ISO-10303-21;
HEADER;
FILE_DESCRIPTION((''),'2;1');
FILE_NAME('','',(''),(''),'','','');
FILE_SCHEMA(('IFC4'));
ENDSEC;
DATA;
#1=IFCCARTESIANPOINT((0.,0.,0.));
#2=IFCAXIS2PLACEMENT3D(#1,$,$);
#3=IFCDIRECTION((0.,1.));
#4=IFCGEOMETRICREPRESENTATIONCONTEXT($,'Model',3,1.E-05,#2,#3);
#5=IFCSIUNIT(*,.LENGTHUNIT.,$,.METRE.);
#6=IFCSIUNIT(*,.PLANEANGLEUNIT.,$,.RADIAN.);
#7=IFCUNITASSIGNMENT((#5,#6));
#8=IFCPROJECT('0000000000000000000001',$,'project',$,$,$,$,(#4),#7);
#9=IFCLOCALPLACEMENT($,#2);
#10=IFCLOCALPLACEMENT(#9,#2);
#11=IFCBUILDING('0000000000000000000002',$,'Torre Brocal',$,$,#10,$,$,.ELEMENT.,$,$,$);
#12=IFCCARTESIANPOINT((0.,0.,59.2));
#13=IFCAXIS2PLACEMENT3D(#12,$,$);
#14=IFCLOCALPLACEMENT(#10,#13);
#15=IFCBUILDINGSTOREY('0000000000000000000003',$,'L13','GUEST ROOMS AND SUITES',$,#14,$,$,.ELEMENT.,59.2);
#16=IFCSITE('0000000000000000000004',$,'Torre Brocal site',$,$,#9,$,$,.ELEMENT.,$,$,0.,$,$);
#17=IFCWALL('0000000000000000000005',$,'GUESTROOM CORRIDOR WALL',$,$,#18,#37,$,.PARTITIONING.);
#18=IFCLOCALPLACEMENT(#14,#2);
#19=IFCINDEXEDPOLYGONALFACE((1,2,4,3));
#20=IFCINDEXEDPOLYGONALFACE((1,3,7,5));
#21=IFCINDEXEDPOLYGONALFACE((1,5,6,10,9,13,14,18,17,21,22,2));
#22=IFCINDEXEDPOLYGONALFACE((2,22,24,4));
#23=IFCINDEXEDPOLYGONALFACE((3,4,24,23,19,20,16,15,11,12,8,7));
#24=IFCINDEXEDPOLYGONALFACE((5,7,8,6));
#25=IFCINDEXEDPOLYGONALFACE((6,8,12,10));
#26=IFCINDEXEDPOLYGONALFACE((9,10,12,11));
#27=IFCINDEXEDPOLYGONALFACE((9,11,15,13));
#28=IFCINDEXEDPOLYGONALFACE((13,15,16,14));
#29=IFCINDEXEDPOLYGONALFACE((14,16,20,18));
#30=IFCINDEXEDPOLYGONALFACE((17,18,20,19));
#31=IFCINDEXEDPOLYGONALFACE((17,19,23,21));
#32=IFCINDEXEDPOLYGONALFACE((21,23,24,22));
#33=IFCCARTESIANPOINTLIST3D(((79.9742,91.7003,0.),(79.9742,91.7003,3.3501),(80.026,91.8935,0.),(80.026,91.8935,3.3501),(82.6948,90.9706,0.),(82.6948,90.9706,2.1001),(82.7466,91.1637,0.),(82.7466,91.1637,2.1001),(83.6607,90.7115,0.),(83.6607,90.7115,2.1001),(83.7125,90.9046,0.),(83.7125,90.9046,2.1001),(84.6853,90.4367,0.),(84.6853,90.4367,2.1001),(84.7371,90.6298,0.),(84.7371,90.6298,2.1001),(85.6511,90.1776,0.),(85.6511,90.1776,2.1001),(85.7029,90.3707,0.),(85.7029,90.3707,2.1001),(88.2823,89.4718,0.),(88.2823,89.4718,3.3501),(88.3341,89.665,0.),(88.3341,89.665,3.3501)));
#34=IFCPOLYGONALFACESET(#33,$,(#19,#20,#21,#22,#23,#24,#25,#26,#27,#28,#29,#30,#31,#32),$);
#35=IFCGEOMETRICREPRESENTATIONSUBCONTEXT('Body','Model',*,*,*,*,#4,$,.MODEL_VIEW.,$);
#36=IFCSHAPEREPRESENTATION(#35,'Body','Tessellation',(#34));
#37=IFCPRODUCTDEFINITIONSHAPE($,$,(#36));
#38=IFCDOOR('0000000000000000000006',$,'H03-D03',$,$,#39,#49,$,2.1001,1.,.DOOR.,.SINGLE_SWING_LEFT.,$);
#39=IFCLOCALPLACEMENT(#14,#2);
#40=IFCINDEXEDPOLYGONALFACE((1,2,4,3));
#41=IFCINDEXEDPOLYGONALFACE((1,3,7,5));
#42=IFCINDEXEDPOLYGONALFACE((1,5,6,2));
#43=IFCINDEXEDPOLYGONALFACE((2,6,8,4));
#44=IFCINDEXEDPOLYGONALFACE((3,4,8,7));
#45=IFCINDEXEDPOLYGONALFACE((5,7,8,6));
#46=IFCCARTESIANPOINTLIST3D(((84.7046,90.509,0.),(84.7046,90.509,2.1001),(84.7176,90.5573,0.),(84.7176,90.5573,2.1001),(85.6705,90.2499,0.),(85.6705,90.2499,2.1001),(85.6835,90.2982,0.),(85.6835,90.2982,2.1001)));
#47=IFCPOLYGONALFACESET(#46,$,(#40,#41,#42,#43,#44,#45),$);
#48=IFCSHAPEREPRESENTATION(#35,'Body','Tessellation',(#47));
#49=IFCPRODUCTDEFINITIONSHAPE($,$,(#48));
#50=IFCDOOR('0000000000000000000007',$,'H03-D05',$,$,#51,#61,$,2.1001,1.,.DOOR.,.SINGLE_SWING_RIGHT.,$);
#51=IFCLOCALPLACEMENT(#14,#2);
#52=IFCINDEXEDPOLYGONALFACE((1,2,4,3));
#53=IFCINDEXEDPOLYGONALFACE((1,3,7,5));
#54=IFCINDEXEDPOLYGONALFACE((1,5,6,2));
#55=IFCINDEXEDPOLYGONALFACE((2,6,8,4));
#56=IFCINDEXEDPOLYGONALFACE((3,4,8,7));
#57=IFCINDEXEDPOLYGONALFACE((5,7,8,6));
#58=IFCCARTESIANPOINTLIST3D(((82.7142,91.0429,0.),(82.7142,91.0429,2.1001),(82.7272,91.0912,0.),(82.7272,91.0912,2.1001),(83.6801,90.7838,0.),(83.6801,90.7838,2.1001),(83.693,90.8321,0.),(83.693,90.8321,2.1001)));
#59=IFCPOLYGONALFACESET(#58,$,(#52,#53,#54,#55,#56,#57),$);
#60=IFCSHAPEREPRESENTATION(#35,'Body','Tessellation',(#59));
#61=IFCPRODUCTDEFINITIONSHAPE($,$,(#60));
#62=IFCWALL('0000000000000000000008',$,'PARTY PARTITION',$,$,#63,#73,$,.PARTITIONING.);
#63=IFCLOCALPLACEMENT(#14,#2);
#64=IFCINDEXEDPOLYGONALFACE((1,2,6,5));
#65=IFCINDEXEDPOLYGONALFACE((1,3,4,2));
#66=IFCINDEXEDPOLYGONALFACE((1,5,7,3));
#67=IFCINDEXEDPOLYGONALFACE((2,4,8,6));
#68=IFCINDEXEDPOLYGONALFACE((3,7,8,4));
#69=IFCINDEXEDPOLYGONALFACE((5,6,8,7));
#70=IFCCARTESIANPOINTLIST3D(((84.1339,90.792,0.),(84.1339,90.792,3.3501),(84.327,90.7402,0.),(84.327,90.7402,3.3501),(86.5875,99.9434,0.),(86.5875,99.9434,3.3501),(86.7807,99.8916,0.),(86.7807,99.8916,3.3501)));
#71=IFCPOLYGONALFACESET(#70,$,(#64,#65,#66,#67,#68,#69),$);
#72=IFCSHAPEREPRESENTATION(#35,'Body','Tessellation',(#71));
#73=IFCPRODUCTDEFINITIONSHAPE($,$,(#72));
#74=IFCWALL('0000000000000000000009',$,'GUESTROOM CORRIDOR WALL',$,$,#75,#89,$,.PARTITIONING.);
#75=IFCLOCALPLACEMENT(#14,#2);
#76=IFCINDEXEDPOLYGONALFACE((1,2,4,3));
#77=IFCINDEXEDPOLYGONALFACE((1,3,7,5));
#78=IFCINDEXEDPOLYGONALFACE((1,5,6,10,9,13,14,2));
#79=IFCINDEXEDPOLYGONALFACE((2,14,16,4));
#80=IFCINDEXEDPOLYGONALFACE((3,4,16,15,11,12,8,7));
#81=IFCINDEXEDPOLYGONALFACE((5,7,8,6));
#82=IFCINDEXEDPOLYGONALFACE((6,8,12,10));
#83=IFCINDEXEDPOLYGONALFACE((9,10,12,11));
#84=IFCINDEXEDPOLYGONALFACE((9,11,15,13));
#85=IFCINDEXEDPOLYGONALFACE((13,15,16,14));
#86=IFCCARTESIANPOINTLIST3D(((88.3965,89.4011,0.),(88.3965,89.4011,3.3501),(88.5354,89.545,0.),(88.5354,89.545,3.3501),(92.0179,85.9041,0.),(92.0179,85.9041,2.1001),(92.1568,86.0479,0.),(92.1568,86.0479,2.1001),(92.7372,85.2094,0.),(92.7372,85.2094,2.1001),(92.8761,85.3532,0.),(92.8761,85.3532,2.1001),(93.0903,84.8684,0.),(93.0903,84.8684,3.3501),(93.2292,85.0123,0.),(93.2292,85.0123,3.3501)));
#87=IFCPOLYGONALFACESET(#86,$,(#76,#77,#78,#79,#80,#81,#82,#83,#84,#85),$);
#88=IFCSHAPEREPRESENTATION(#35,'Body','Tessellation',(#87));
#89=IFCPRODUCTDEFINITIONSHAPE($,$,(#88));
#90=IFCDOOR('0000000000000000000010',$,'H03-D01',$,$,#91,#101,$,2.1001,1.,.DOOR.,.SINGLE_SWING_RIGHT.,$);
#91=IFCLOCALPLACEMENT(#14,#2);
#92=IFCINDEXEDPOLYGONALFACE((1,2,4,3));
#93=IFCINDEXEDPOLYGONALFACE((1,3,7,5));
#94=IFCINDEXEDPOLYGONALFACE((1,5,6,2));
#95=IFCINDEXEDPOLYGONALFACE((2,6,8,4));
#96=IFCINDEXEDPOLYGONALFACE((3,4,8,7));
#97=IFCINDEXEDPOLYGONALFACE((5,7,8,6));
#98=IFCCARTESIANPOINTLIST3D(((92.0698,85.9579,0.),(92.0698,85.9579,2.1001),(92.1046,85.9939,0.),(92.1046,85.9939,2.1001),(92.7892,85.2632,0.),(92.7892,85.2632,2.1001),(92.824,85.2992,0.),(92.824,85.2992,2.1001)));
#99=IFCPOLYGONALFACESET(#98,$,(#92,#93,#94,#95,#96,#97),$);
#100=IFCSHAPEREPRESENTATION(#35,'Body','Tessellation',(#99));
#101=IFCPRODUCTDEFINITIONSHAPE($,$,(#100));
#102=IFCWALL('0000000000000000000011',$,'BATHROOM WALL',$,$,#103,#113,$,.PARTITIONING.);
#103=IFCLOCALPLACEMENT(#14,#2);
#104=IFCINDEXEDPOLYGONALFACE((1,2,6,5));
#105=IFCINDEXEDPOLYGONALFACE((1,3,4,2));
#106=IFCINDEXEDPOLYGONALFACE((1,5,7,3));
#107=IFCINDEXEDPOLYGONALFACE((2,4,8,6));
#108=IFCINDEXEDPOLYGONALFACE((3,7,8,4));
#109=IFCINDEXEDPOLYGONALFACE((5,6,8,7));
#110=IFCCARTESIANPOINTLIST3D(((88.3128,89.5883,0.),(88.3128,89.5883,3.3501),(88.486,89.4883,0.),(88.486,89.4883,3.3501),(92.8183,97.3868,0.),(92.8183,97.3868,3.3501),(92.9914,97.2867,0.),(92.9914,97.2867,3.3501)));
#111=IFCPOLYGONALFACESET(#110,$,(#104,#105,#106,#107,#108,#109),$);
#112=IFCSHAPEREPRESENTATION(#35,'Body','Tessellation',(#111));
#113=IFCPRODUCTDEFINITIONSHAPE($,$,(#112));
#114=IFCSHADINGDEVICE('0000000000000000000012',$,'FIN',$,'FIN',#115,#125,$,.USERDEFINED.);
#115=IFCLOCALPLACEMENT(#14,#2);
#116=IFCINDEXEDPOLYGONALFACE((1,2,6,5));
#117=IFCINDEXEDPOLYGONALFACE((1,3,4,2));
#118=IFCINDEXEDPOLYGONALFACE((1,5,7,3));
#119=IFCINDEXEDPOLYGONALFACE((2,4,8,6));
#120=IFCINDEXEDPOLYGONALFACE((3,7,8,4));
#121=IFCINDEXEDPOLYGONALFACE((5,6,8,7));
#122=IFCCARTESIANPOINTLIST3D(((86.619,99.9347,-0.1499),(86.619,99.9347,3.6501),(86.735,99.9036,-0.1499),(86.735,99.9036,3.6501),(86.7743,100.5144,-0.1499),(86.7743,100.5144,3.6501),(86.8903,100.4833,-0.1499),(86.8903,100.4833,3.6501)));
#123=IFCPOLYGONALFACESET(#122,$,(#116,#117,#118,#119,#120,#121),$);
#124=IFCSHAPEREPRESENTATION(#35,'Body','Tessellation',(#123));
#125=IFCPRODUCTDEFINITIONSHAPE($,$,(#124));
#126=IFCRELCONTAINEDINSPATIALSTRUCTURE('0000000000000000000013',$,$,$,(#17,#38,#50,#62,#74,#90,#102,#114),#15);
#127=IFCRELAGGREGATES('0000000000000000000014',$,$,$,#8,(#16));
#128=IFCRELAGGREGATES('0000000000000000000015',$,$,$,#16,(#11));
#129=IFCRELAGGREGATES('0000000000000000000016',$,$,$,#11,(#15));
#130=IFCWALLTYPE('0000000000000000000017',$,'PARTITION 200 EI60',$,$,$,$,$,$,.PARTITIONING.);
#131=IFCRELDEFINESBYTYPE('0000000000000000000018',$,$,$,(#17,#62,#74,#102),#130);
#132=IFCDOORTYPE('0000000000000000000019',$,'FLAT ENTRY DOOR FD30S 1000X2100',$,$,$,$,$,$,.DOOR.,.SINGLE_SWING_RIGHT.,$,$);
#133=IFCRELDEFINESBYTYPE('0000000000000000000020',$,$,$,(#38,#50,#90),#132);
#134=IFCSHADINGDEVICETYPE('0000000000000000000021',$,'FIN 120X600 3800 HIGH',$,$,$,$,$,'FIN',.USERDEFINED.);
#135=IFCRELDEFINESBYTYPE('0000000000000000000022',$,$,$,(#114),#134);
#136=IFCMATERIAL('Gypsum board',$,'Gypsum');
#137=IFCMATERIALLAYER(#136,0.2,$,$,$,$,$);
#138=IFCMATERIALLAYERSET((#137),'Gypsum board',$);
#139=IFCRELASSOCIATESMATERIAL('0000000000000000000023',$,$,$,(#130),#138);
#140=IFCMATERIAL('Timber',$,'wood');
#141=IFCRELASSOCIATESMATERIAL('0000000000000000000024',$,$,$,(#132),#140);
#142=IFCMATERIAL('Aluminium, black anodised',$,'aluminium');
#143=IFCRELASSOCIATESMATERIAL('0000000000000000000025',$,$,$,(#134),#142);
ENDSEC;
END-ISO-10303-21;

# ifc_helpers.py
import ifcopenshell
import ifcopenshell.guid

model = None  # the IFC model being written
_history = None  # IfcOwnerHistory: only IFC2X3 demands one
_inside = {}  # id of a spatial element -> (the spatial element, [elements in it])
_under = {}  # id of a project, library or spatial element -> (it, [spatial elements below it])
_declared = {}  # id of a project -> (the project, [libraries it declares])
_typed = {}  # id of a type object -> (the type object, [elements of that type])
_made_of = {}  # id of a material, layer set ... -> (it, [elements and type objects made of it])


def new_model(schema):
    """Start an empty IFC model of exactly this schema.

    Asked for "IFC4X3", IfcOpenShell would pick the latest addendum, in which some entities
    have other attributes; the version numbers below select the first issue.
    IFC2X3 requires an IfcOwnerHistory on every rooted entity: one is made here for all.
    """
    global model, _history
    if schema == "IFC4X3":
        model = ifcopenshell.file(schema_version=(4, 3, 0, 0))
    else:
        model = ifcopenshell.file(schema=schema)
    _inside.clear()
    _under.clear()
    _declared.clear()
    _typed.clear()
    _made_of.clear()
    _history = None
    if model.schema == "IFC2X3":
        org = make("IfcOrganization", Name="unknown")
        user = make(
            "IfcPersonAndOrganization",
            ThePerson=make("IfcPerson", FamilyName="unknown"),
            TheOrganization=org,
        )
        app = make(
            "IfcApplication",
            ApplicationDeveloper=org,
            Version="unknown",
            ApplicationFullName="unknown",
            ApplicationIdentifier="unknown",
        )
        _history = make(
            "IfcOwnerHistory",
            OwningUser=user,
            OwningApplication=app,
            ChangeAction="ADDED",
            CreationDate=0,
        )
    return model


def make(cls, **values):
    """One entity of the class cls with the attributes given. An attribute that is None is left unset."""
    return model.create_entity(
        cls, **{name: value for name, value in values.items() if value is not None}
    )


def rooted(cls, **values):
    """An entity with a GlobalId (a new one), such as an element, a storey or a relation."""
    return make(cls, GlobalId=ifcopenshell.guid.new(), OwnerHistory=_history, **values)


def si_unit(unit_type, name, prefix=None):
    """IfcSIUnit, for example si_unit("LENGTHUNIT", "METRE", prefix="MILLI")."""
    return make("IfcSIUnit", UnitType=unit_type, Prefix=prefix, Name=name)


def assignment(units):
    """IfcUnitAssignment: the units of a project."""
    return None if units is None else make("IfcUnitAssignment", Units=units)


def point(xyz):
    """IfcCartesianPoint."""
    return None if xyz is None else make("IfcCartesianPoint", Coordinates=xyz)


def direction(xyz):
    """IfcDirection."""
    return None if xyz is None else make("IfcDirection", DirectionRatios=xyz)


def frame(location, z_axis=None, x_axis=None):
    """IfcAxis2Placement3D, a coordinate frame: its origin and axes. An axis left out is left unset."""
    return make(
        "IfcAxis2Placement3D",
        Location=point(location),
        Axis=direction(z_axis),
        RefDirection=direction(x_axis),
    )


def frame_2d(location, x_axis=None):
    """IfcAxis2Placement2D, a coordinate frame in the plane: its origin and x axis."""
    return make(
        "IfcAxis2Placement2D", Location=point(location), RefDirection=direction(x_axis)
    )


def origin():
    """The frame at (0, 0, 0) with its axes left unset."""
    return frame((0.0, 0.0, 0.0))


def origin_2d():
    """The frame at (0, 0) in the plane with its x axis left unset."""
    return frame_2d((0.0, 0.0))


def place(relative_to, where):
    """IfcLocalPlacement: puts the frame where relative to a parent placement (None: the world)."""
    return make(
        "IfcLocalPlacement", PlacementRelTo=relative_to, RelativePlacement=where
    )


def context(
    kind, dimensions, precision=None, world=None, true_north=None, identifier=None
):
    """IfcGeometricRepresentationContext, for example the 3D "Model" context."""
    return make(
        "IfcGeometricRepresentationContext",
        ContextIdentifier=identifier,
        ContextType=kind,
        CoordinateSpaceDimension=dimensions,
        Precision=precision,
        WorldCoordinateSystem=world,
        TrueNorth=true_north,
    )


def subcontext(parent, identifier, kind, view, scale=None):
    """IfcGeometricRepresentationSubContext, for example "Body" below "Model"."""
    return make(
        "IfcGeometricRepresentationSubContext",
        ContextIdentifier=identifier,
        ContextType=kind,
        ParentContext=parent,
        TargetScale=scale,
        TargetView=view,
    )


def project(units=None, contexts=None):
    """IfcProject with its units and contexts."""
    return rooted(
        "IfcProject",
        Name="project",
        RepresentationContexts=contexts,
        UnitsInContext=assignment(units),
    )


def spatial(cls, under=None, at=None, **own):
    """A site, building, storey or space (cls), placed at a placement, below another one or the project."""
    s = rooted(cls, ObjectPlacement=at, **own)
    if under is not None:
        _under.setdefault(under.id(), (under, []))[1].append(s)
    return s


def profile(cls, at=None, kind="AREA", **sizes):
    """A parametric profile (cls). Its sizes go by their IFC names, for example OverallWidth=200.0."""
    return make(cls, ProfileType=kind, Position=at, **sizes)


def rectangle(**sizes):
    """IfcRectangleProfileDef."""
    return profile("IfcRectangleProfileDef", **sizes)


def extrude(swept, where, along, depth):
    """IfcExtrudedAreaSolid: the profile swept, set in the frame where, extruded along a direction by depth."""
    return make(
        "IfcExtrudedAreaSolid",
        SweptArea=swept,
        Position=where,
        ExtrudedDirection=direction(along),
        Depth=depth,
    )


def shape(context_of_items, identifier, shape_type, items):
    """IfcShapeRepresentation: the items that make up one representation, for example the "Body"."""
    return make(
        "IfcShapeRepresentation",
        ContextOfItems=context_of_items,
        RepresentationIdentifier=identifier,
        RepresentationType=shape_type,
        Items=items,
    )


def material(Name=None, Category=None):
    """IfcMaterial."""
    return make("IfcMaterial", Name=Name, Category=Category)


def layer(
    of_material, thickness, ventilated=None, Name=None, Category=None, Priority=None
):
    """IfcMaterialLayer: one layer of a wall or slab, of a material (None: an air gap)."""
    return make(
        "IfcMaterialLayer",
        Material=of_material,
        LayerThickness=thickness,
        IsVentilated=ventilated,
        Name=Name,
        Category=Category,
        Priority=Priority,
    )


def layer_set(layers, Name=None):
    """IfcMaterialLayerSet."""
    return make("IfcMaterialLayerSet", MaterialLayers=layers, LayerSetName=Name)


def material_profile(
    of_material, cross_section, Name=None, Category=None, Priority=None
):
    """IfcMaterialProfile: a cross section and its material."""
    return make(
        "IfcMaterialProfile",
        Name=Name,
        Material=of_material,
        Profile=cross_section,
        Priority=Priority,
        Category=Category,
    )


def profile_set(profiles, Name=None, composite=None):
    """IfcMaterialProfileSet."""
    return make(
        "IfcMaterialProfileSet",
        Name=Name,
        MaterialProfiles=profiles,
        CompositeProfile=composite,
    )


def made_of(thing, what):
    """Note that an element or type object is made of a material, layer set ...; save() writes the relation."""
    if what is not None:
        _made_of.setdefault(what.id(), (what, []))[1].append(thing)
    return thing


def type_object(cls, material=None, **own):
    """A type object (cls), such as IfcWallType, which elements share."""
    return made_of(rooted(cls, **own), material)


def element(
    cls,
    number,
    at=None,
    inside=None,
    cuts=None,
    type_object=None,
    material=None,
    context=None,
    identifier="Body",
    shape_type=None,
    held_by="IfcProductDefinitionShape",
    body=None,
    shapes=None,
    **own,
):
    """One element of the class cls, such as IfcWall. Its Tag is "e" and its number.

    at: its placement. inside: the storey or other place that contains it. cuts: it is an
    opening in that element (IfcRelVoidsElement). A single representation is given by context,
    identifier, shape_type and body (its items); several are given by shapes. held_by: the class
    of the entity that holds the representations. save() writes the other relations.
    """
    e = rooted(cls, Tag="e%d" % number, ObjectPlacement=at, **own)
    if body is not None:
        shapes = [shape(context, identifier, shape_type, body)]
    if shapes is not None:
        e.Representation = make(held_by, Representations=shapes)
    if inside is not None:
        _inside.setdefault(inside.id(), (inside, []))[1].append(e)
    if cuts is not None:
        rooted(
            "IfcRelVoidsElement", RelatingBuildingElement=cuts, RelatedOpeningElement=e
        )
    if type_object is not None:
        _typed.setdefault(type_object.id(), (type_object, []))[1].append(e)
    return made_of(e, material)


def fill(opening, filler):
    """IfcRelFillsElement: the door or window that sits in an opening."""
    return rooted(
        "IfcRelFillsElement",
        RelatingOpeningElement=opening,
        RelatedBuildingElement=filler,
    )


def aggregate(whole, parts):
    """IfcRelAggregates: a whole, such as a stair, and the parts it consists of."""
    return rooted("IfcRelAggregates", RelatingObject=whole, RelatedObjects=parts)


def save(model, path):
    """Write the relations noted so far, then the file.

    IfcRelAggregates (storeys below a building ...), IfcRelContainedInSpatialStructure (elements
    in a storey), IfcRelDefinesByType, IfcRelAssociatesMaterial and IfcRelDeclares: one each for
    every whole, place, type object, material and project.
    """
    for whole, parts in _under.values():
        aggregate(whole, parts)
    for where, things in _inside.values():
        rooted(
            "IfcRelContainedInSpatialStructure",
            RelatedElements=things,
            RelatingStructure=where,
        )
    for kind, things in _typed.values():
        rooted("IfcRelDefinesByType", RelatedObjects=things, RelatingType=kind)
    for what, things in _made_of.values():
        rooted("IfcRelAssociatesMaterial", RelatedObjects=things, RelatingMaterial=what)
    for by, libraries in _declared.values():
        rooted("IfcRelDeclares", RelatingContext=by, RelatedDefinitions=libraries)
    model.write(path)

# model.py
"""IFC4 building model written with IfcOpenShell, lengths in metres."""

from ifc_helpers import new_model, si_unit, direction, frame, frame_2d, origin, origin_2d, place, context, subcontext, project, spatial, rectangle, extrude, material, layer, layer_set, material_profile, profile_set, type_object, element, fill, save


model = new_model("IFC4")

# Units and contexts
model_context = context("Model", 3, precision=1e-05, world=origin(), true_north=direction((0.0, 1.0)))
body_context = subcontext(model_context, "Body", "Model", "MODEL_VIEW")
ifc_project = project(units=[si_unit("LENGTHUNIT", "METRE"), si_unit("PLANEANGLEUNIT", "RADIAN")], contexts=[model_context])

# Site, building, storey
site_placement = place(None, origin())
site = spatial("IfcSite", under=ifc_project, at=site_placement, Name="Torre Brocal site", CompositionType="ELEMENT", RefElevation=0.0)
building_placement = place(site_placement, origin())
building = spatial("IfcBuilding", under=site, at=building_placement, Name="Torre Brocal", CompositionType="ELEMENT")
storey_placement = place(building_placement, frame((0.0, 0.0, 59.2)))
storey = spatial("IfcBuildingStorey", under=building, at=storey_placement, Name="L13", Description="GUEST ROOMS AND SUITES", CompositionType="ELEMENT", Elevation=59.2)

# Shared definitions
ifc_material_1 = material(Name="Gypsum board", Category="Gypsum")
ifc_layer_1 = layer(ifc_material_1, 0.2)
ifc_layer_set_1 = layer_set([ifc_layer_1], Name="Gypsum board")
wall_type_1 = type_object("IfcWallType", Name="PARTITION 200 EI60", PredefinedType="PARTITIONING", material=ifc_layer_set_1)
ifc_material_2 = material(Name="Timber", Category="wood")
door_type_1 = type_object("IfcDoorType", Name="FLAT ENTRY DOOR FD30S 1000X2100", OperationType="SINGLE_SWING_RIGHT", PredefinedType="DOOR", material=ifc_material_2)

# Wall, openings, doors
wall_1_placement = place(storey_placement, frame((80.0002, 91.7969, 0.0), z_axis=(0.0, 0.0, 1.0), x_axis=(0.965857, -0.259076, 0.0)))
wall_1 = element("IfcWall", 1, at=wall_1_placement, inside=storey, type_object=wall_type_1, Name="GUESTROOM CORRIDOR WALL", PredefinedType="PARTITIONING", context=body_context, shape_type="SweptSolid", body=[
    extrude(rectangle(XDim=8.6018, YDim=0.2, at=frame_2d((4.3008, 0.0))), origin(), (0.0, 0.0, 1.0), 3.3501),
])
opening_1_placement = place(wall_1_placement, frame((4.8774, 0.0, 0.0)))
opening_1 = element("IfcOpeningElement", 2, at=opening_1_placement, cuts=wall_1, PredefinedType="OPENING", context=body_context, shape_type="SweptSolid", body=[
    extrude(rectangle(XDim=1.0, YDim=2.1001, at=frame_2d((0.5, 1.05))), frame((0.0, 0.1099, 0.0), z_axis=(0.0, -1.0, 0.0), x_axis=(1.0, 0.0, 0.0)), (0.0, 0.0, 1.0), 0.22),
])
opening_2_placement = place(wall_1_placement, frame((2.8167, 0.0, 0.0)))
opening_2 = element("IfcOpeningElement", 3, at=opening_2_placement, cuts=wall_1, PredefinedType="OPENING", context=body_context, shape_type="SweptSolid", body=[
    extrude(rectangle(XDim=1.0, YDim=2.1001, at=frame_2d((0.5, 1.05))), frame((0.0, 0.1099, 0.0), z_axis=(0.0, -1.0, 0.0), x_axis=(1.0, 0.0, 0.0)), (0.0, 0.0, 1.0), 0.22),
])
door_1_placement = place(opening_1_placement, origin())
door_1 = element("IfcDoor", 4, at=door_1_placement, inside=storey, type_object=door_type_1, Name="H03-D03", OperationType="SINGLE_SWING_LEFT", OverallHeight=2.1001, OverallWidth=1.0, PredefinedType="DOOR", context=body_context, shape_type="SweptSolid", body=[
    extrude(rectangle(XDim=1.0, YDim=2.1001, at=frame_2d((0.5, 1.05))), frame((0.0, 0.0249, 0.0), z_axis=(0.0, -1.0, 0.0), x_axis=(1.0, 0.0, 0.0)), (0.0, 0.0, 1.0), 0.05),
])
fill(opening_1, door_1)
door_2_placement = place(opening_2_placement, origin())
door_2 = element("IfcDoor", 5, at=door_2_placement, inside=storey, type_object=door_type_1, Name="H03-D05", OperationType="SINGLE_SWING_RIGHT", OverallHeight=2.1001, OverallWidth=1.0, PredefinedType="DOOR", context=body_context, shape_type="SweptSolid", body=[
    extrude(rectangle(XDim=1.0, YDim=2.1001, at=frame_2d((0.5, 1.05))), frame((0.0, 0.0249, 0.0), z_axis=(0.0, -1.0, 0.0), x_axis=(1.0, 0.0, 0.0)), (0.0, 0.0, 1.0), 0.05),
])
fill(opening_2, door_2)

# Wall
wall_2_placement = place(storey_placement, frame((84.2305, 90.7661, 0.0), z_axis=(0.0, 0.0, 1.0), x_axis=(0.258968, 0.965886, 0.0)))
element("IfcWall", 6, at=wall_2_placement, inside=storey, type_object=wall_type_1, Name="PARTY PARTITION", PredefinedType="PARTITIONING", context=body_context, shape_type="SweptSolid", body=[
    extrude(rectangle(XDim=9.4746, YDim=0.2, at=frame_2d((4.7373, 0.0))), origin(), (0.0, 0.0, 1.0), 3.3501),
])

# Wall, opening, door
wall_3_placement = place(storey_placement, frame((88.4658, 89.4731, 0.0), z_axis=(0.0, 0.0, 1.0), x_axis=(0.719346, -0.694652, 0.0)))
wall_3 = element("IfcWall", 7, at=wall_3_placement, inside=storey, type_object=wall_type_1, Name="GUESTROOM CORRIDOR WALL", PredefinedType="PARTITIONING", context=body_context, shape_type="SweptSolid", body=[
    extrude(rectangle(XDim=6.5251, YDim=0.2, at=frame_2d((3.2627, 0.0))), origin(), (0.0, 0.0, 1.0), 3.3501),
])
opening_3_placement = place(wall_3_placement, frame((5.0344, 0.0, 0.0)))
opening_3 = element("IfcOpeningElement", 8, at=opening_3_placement, cuts=wall_3, PredefinedType="OPENING", context=body_context, shape_type="SweptSolid", body=[
    extrude(rectangle(XDim=1.0, YDim=2.1001, at=frame_2d((0.5, 1.05))), frame((0.0, 0.1099, 0.0), z_axis=(0.0, -1.0, 0.0), x_axis=(1.0, 0.0, 0.0)), (0.0, 0.0, 1.0), 0.22),
])
door_3_placement = place(opening_3_placement, origin())
door_3 = element("IfcDoor", 9, at=door_3_placement, inside=storey, type_object=door_type_1, Name="H03-D01", OperationType="SINGLE_SWING_RIGHT", OverallHeight=2.1001, OverallWidth=1.0, PredefinedType="DOOR", context=body_context, shape_type="SweptSolid", body=[
    extrude(rectangle(XDim=1.0, YDim=2.1001, at=frame_2d((0.5, 1.05))), frame((0.0, 0.0249, 0.0), z_axis=(0.0, -1.0, 0.0), x_axis=(1.0, 0.0, 0.0)), (0.0, 0.0, 1.0), 0.05),
])
fill(opening_3, door_3)

# Wall
wall_4_placement = place(storey_placement, frame((88.3994, 89.5383, 0.0), z_axis=(0.0, 0.0, 1.0), x_axis=(0.50025, 0.865881, 0.0)))
element("IfcWall", 10, at=wall_4_placement, inside=storey, type_object=wall_type_1, Name="BATHROOM WALL", PredefinedType="PARTITIONING", context=body_context, shape_type="SweptSolid", body=[
    extrude(rectangle(XDim=9.0063, YDim=0.2, at=frame_2d((4.5032, 0.0))), origin(), (0.0, 0.0, 1.0), 3.3501),
])

# Shading device
ifc_material_3 = material(Name="Aluminium, black anodised", Category="aluminium")
ifc_material_profile_1 = material_profile(ifc_material_3, rectangle(XDim=0.1201, YDim=0.6001, at=origin_2d()), Name="FIN 120X600 3800 HIGH")
ifc_profile_set_1 = profile_set([ifc_material_profile_1], Name="Aluminium, black anodised")
shading_device_type = type_object("IfcShadingDeviceType", Name="FIN 120X600 3800 HIGH", ElementType="FIN", PredefinedType="USERDEFINED", material=ifc_profile_set_1)
shading_device_placement = place(storey_placement, frame((86.7546, 100.209, -0.1499), z_axis=(0.0, 0.0, 1.0), x_axis=(-0.965926, 0.258819, 0.0)))
element("IfcShadingDevice", 11, at=shading_device_placement, inside=storey, type_object=shading_device_type, Name="FIN", ObjectType="FIN", PredefinedType="USERDEFINED", context=body_context, shape_type="SweptSolid", body=[
    extrude(rectangle(XDim=0.1201, YDim=0.6001, at=origin_2d()), origin(), (0.0, 0.0, 1.0), 3.8),
])

save(model, "model.ifc")
